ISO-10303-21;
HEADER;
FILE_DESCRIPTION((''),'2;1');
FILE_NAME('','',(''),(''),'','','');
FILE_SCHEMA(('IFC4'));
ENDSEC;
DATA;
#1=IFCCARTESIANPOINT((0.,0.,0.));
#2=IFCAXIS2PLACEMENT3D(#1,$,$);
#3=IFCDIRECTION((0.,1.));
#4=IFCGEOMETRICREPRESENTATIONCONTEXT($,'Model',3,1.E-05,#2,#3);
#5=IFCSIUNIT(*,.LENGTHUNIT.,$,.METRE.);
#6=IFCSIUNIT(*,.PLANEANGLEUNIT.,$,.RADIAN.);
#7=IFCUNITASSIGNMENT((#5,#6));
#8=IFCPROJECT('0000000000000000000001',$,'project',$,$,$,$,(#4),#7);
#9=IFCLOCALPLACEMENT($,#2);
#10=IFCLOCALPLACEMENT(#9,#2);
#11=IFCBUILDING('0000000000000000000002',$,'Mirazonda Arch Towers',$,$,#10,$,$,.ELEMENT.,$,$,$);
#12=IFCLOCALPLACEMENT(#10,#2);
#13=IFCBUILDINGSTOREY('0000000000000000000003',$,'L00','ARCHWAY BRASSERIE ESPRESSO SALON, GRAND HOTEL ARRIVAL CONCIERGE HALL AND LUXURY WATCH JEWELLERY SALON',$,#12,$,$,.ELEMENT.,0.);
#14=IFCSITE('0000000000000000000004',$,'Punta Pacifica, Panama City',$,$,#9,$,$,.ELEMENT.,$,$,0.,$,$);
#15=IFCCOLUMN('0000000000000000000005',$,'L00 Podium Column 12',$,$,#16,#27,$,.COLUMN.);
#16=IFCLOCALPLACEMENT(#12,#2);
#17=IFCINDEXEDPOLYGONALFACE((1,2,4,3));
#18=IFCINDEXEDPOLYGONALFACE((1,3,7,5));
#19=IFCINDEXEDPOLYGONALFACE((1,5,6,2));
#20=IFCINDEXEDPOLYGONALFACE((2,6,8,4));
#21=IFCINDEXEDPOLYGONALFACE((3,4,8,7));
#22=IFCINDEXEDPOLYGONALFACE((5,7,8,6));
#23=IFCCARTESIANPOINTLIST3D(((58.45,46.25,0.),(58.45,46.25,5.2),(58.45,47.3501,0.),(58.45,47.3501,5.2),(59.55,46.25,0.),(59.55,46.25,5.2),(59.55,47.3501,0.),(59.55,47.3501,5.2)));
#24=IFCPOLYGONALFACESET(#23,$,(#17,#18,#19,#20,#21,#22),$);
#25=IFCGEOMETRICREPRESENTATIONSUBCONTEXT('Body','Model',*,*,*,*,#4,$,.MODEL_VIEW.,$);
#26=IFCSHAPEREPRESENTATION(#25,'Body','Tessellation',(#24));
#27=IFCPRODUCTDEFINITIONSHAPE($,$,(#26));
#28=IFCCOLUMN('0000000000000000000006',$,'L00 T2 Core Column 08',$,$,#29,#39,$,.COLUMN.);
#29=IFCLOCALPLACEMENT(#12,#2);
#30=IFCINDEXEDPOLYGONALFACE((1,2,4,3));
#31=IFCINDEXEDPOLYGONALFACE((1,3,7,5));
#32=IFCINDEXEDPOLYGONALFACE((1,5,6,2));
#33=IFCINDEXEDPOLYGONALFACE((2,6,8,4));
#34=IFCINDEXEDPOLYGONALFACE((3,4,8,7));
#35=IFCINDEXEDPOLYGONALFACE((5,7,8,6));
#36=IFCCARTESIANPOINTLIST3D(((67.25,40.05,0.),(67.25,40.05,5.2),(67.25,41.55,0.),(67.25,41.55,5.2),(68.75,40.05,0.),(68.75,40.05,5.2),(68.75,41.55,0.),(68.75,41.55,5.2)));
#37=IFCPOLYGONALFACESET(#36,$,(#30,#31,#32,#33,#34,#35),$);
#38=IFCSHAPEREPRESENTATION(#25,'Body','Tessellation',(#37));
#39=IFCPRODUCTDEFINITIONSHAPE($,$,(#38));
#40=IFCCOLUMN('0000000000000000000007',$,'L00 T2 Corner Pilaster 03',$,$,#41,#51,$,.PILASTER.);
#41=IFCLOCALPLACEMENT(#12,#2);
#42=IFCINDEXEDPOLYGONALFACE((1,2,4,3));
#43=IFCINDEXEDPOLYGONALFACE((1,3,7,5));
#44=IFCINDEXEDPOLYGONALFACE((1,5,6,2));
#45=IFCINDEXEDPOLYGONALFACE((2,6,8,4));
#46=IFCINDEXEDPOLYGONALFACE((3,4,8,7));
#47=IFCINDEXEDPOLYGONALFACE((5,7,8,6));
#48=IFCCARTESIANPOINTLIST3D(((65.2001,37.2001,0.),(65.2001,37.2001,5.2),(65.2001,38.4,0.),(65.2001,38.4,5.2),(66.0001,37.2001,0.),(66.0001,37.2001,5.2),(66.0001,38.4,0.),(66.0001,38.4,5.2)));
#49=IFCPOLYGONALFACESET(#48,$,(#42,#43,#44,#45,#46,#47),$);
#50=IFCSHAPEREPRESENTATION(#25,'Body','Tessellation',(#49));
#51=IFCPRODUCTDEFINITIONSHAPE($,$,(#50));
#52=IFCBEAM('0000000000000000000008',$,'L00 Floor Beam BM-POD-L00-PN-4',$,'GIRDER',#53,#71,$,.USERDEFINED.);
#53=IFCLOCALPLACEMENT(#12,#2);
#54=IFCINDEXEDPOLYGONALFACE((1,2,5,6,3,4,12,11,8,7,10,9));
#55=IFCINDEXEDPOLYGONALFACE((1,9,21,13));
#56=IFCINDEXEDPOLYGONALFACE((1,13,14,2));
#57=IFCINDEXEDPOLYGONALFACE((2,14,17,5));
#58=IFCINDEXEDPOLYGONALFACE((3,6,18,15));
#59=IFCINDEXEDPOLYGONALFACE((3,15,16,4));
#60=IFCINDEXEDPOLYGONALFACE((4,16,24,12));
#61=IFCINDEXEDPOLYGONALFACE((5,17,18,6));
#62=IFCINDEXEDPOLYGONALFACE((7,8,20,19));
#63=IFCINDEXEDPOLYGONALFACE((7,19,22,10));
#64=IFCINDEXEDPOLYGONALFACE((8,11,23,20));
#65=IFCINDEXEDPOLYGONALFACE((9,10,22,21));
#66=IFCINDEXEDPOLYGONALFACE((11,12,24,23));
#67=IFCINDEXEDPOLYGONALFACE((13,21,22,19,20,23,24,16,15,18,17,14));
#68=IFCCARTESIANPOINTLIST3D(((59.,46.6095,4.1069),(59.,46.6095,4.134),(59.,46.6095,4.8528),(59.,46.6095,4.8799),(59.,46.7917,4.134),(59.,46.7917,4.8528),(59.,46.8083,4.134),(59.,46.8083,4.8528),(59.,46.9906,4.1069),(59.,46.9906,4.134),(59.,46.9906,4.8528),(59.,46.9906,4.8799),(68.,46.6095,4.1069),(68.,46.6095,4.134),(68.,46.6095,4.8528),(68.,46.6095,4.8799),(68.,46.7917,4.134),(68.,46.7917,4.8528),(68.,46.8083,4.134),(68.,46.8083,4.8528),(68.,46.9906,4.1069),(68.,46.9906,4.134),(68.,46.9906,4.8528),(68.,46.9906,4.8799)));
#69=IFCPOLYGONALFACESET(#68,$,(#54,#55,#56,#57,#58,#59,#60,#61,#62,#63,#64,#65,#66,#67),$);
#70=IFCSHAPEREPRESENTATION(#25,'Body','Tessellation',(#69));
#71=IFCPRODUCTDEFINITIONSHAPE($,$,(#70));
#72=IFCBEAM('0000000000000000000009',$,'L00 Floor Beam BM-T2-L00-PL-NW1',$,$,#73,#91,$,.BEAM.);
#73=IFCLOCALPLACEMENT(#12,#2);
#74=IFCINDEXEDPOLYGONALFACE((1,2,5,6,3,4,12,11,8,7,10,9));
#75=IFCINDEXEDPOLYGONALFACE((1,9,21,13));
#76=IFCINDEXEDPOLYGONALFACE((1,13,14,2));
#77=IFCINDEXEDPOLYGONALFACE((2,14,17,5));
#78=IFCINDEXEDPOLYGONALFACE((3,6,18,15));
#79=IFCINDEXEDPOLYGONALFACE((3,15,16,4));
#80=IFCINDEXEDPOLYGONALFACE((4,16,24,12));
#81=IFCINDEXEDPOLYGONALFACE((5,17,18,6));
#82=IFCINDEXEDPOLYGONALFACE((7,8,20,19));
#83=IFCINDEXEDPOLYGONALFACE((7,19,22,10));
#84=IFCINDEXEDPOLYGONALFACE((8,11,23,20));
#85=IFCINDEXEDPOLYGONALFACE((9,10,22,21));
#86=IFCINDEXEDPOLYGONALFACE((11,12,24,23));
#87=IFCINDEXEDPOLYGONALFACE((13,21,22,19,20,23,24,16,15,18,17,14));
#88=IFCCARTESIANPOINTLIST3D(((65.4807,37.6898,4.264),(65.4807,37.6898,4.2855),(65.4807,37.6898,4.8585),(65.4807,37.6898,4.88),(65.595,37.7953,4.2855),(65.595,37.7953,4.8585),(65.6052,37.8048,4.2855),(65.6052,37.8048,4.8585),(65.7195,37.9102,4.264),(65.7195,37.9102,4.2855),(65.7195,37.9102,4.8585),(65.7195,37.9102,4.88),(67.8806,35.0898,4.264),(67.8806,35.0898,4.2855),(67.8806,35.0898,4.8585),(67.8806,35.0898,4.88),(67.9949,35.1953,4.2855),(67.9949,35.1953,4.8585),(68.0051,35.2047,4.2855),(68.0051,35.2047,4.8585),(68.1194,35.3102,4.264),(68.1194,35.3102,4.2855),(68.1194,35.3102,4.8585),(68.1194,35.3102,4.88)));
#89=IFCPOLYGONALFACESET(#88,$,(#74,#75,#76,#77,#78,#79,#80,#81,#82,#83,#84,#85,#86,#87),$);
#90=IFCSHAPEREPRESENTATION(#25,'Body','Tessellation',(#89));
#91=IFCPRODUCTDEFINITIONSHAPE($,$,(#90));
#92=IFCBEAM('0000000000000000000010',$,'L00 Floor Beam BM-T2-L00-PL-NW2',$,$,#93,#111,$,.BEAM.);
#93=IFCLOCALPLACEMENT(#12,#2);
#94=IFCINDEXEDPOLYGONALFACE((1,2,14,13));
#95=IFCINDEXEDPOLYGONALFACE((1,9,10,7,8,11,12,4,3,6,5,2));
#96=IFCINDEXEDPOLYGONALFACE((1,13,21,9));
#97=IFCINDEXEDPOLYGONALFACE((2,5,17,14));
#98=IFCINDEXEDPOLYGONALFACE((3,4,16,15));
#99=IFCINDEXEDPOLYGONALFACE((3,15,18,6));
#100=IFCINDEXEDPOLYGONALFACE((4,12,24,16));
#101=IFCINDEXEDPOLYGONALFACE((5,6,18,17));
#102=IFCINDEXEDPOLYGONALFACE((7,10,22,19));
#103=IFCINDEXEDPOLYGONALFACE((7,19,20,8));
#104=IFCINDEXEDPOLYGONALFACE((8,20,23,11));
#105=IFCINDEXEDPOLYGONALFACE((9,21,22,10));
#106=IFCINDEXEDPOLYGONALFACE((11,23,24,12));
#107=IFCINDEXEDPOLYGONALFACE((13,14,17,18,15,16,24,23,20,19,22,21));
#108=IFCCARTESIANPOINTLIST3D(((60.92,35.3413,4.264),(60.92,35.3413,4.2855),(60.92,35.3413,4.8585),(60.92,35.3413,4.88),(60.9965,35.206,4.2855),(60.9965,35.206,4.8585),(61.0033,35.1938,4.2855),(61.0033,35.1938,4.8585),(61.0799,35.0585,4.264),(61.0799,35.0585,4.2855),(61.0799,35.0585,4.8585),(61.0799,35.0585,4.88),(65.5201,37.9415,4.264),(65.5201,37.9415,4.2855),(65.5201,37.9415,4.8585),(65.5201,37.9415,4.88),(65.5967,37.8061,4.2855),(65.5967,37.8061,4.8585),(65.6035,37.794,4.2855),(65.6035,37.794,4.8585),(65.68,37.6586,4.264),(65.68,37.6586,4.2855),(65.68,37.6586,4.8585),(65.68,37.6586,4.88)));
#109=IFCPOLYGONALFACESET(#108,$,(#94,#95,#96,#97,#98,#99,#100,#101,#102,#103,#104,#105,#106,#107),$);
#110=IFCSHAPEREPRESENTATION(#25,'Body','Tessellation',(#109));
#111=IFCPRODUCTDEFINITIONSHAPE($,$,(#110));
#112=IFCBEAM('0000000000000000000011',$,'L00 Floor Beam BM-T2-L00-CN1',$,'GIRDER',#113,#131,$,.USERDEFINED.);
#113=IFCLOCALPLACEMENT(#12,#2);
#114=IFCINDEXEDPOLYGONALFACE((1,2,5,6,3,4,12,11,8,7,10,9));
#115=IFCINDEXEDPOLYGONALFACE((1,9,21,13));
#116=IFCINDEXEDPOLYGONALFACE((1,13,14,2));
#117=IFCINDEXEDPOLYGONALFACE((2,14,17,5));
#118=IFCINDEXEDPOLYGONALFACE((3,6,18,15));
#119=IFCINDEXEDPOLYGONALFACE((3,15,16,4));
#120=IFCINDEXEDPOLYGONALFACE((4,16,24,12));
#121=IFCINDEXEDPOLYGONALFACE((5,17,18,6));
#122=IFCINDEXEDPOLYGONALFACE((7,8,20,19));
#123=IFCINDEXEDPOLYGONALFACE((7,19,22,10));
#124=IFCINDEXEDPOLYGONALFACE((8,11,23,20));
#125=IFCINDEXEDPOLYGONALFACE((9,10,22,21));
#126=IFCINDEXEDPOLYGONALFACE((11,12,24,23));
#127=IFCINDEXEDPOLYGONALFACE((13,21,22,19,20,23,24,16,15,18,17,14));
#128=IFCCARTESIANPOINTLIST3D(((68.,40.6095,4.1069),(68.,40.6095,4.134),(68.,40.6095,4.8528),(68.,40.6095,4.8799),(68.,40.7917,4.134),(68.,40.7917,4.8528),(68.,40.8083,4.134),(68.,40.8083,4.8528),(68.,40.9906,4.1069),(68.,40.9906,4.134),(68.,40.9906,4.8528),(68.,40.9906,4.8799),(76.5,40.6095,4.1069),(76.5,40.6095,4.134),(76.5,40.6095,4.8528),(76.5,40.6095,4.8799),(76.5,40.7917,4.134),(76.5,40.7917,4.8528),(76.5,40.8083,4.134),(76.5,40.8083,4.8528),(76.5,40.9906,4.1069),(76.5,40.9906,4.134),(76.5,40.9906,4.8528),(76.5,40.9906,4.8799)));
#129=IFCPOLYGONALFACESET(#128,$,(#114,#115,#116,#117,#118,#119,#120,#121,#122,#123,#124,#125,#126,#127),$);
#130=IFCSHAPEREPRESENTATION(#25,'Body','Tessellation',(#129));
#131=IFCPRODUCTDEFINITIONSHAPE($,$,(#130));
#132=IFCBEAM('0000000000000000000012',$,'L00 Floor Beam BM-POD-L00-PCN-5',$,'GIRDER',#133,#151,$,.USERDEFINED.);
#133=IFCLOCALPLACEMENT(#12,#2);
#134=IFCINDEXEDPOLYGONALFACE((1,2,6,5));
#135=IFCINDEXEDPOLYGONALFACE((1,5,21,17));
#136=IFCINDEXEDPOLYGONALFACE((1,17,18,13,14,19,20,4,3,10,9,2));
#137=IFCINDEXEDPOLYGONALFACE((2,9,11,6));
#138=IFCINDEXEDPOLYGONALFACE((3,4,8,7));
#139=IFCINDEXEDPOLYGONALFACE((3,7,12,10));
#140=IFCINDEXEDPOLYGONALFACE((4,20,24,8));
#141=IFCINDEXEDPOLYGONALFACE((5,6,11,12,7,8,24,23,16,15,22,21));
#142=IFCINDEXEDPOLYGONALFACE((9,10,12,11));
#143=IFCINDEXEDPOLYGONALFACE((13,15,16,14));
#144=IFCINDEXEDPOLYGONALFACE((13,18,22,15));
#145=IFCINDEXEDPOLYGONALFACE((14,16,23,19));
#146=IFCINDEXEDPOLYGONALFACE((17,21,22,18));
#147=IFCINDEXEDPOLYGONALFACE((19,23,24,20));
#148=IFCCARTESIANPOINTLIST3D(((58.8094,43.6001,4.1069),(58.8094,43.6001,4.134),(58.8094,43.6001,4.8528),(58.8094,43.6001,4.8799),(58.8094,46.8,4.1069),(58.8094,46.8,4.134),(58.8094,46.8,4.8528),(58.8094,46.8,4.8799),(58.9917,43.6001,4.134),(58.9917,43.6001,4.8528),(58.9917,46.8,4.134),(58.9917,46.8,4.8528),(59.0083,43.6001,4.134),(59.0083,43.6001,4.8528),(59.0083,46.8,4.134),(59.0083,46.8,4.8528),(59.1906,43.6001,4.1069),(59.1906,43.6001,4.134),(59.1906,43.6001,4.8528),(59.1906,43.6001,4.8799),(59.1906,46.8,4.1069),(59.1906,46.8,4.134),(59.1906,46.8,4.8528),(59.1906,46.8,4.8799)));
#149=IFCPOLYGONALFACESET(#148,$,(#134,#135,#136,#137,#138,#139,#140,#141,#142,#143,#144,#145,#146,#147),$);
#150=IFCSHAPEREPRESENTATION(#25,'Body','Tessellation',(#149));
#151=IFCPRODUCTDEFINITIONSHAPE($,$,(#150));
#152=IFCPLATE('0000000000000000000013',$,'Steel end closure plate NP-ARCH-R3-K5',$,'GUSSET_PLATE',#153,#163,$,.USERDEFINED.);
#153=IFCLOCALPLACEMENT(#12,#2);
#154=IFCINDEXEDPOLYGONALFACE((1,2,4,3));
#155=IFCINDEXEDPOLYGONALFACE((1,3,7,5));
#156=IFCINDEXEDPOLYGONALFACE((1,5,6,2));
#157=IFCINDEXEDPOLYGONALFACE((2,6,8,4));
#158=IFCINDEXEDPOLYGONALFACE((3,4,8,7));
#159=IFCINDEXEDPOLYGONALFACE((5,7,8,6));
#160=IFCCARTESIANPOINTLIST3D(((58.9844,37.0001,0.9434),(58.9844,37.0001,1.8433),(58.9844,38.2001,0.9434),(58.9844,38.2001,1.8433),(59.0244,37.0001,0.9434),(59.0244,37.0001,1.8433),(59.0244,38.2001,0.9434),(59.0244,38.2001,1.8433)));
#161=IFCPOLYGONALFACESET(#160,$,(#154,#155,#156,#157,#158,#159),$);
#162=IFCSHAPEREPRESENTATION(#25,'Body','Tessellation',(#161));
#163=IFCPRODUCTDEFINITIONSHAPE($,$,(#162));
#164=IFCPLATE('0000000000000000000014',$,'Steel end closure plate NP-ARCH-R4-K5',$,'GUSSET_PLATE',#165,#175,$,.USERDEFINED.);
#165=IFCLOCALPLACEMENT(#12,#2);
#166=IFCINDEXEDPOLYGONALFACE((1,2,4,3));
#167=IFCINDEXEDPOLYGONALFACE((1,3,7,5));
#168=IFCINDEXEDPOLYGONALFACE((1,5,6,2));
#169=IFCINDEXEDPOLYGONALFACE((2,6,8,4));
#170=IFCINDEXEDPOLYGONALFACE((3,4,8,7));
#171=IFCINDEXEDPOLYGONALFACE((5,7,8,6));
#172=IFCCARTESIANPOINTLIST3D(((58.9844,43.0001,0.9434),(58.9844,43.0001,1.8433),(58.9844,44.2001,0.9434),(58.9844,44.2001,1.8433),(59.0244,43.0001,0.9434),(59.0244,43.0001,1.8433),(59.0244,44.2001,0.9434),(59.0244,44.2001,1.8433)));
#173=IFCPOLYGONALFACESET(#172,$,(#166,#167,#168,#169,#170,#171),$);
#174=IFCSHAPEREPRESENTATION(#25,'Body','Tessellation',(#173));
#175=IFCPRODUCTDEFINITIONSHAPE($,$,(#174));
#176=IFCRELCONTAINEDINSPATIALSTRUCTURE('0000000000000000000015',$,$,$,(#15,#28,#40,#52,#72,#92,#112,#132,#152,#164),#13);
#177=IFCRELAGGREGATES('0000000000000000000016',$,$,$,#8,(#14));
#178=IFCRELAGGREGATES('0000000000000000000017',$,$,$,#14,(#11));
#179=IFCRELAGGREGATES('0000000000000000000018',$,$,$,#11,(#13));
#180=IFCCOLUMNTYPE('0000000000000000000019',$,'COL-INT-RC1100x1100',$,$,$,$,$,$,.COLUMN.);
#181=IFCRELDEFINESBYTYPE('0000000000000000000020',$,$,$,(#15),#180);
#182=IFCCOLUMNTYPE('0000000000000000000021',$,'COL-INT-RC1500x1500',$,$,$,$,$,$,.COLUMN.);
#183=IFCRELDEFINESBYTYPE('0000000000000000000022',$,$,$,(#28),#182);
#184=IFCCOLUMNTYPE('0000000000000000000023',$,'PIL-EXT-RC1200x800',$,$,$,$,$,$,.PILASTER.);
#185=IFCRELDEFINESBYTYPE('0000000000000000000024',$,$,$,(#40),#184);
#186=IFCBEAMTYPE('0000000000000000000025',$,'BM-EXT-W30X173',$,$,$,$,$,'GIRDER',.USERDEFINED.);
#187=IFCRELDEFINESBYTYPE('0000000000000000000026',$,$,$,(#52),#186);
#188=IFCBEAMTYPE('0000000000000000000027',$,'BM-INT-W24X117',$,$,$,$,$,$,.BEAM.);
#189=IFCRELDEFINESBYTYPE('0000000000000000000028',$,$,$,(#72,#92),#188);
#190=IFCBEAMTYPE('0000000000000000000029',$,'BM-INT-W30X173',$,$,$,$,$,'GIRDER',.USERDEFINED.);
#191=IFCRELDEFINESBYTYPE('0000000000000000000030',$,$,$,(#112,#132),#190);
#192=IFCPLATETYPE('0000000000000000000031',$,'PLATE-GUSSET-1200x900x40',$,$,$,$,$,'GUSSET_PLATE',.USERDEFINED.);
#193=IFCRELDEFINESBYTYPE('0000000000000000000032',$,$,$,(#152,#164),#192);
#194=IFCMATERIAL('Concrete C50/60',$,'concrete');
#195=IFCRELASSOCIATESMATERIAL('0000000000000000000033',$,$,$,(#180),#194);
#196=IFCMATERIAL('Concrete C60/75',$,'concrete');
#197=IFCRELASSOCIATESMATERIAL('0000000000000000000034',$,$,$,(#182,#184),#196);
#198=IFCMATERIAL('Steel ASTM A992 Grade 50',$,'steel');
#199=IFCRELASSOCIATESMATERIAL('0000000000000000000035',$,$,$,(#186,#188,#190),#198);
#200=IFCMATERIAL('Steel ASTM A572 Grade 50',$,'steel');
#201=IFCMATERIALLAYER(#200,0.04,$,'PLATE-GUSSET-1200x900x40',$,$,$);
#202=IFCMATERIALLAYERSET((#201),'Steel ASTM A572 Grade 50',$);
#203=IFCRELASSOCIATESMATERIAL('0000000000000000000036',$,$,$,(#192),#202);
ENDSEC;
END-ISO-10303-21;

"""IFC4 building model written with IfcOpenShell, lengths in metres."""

from ifc_helpers import new_model, si_unit, direction, frame, origin, origin_2d, place, context, subcontext, project, spatial, rectangle, i_section, extrude, material, layer, layer_set, material_profile, profile_set, type_object, element, save


model = new_model("IFC4")

# Units and contexts
model_context = context("Model", 3, precision=1e-05, world=origin(), true_north=direction((0.0, 1.0)))
body_context = subcontext(model_context, "Body", "Model", "MODEL_VIEW")
ifc_project = project(units=[si_unit("LENGTHUNIT", "METRE"), si_unit("PLANEANGLEUNIT", "RADIAN")], contexts=[model_context])

# Site, building, storey
site_placement = place(None, origin())
site = spatial("IfcSite", under=ifc_project, at=site_placement, Name="Punta Pacifica, Panama City", CompositionType="ELEMENT", RefElevation=0.0)
building_placement = place(site_placement, origin())
building = spatial("IfcBuilding", under=site, at=building_placement, Name="Mirazonda Arch Towers", CompositionType="ELEMENT")
storey_placement = place(building_placement, origin())
storey = spatial("IfcBuildingStorey", under=building, at=storey_placement, Name="L00", Description="ARCHWAY BRASSERIE ESPRESSO SALON, GRAND HOTEL ARRIVAL CONCIERGE HALL AND LUXURY WATCH JEWELLERY SALON", CompositionType="ELEMENT", Elevation=0.0)

# Columns
ifc_material_1 = material(Name="Concrete C50/60", Category="concrete")
ifc_material_profile_1 = material_profile(ifc_material_1, rectangle(XDim=1.1001, YDim=1.1001, at=origin_2d()), Name="RC1100x1100")
ifc_profile_set_1 = profile_set([ifc_material_profile_1], Name="Concrete C50/60")
column_type_1 = type_object("IfcColumnType", Name="COL-INT-RC1100x1100", PredefinedType="COLUMN", material=ifc_profile_set_1)
column_1_placement = place(storey_placement, frame((59.0, 46.8, 0.0), z_axis=(0.0, 0.0, 1.0), x_axis=(1.0, 0.0, 0.0)))
element("IfcColumn", 1, at=column_1_placement, inside=storey, type_object=column_type_1, Name="L00 Podium Column 12", PredefinedType="COLUMN", context=body_context, shape_type="SweptSolid", body=[
    extrude(rectangle(XDim=1.1001, YDim=1.1001, at=origin_2d()), origin(), (0.0, 0.0, 1.0), 5.2),
])
ifc_material_2 = material(Name="Concrete C60/75", Category="concrete")
ifc_material_profile_2 = material_profile(ifc_material_2, rectangle(XDim=1.5, YDim=1.5, at=origin_2d()), Name="RC1500x1500")
ifc_profile_set_2 = profile_set([ifc_material_profile_2], Name="Concrete C60/75")
column_type_2 = type_object("IfcColumnType", Name="COL-INT-RC1500x1500", PredefinedType="COLUMN", material=ifc_profile_set_2)
column_2_placement = place(storey_placement, frame((68.0, 40.8, 0.0), z_axis=(0.0, 0.0, 1.0), x_axis=(1.0, 0.0, 0.0)))
element("IfcColumn", 2, at=column_2_placement, inside=storey, type_object=column_type_2, Name="L00 T2 Core Column 08", PredefinedType="COLUMN", context=body_context, shape_type="SweptSolid", body=[
    extrude(rectangle(XDim=1.5, YDim=1.5, at=origin_2d()), origin(), (0.0, 0.0, 1.0), 5.2),
])
ifc_material_profile_3 = material_profile(ifc_material_2, rectangle(XDim=0.8, YDim=1.2, at=origin_2d()), Name="RC1200x800")
ifc_profile_set_3 = profile_set([ifc_material_profile_3], Name="Concrete C60/75")
column_type_3 = type_object("IfcColumnType", Name="PIL-EXT-RC1200x800", PredefinedType="PILASTER", material=ifc_profile_set_3)
column_3_placement = place(storey_placement, frame((65.6001, 37.8, 0.0), z_axis=(0.0, 0.0, 1.0), x_axis=(1.0, 0.0, 0.0)))
element("IfcColumn", 3, at=column_3_placement, inside=storey, type_object=column_type_3, Name="L00 T2 Corner Pilaster 03", PredefinedType="PILASTER", context=body_context, shape_type="SweptSolid", body=[
    extrude(rectangle(XDim=0.8, YDim=1.2, at=origin_2d()), origin(), (0.0, 0.0, 1.0), 5.2),
])

# Beams
ifc_material_3 = material(Name="Steel ASTM A992 Grade 50", Category="steel")
ifc_material_profile_4 = material_profile(ifc_material_3, i_section(OverallWidth=0.3811, OverallDepth=0.7729, WebThickness=0.0166, FlangeThickness=0.0271, at=origin_2d()), Name="W30X173")
ifc_profile_set_4 = profile_set([ifc_material_profile_4], Name="Steel ASTM A992 Grade 50")
beam_type_1 = type_object("IfcBeamType", Name="BM-EXT-W30X173", ElementType="GIRDER", PredefinedType="USERDEFINED", material=ifc_profile_set_4)
beam_1_placement = place(storey_placement, frame((59.0, 46.8, 4.4934), z_axis=(1.0, 0.0, 0.0), x_axis=(0.0, 1.0, 0.0)))
element("IfcBeam", 4, at=beam_1_placement, inside=storey, type_object=beam_type_1, Name="L00 Floor Beam BM-POD-L00-PN-4", ObjectType="GIRDER", PredefinedType="USERDEFINED", context=body_context, shape_type="SweptSolid", body=[
    extrude(i_section(OverallWidth=0.3811, OverallDepth=0.7729, WebThickness=0.0166, FlangeThickness=0.0271, at=origin_2d()), origin(), (0.0, 0.0, 1.0), 9.0),
])
ifc_material_profile_5 = material_profile(ifc_material_3, i_section(OverallWidth=0.325, OverallDepth=0.616, WebThickness=0.0139, FlangeThickness=0.0215, at=origin_2d()), Name="W24X117")
ifc_profile_set_5 = profile_set([ifc_material_profile_5], Name="Steel ASTM A992 Grade 50")
beam_type_2 = type_object("IfcBeamType", Name="BM-INT-W24X117", PredefinedType="BEAM", material=ifc_profile_set_5)
beam_2_placement = place(storey_placement, frame((65.6001, 37.8, 4.572), z_axis=(0.678251, -0.73483, 0.0), x_axis=(0.73483, 0.678251, 0.0)))
element("IfcBeam", 5, at=beam_2_placement, inside=storey, type_object=beam_type_2, Name="L00 Floor Beam BM-T2-L00-PL-NW1", PredefinedType="BEAM", context=body_context, shape_type="SweptSolid", body=[
    extrude(i_section(OverallWidth=0.325, OverallDepth=0.616, WebThickness=0.0139, FlangeThickness=0.0215, at=origin_2d()), origin(), (0.0, 0.0, 1.0), 3.5383),
])
beam_3_placement = place(storey_placement, frame((65.6001, 37.8, 4.572), z_axis=(-0.870559, -0.492063, 0.0), x_axis=(0.492063, -0.870559, 0.0)))
element("IfcBeam", 6, at=beam_3_placement, inside=storey, type_object=beam_type_2, Name="L00 Floor Beam BM-T2-L00-PL-NW2", PredefinedType="BEAM", context=body_context, shape_type="SweptSolid", body=[
    extrude(i_section(OverallWidth=0.325, OverallDepth=0.616, WebThickness=0.0139, FlangeThickness=0.0215, at=origin_2d()), origin(), (0.0, 0.0, 1.0), 5.2842),
])
ifc_material_profile_6 = material_profile(ifc_material_3, i_section(OverallWidth=0.3811, OverallDepth=0.7729, WebThickness=0.0166, FlangeThickness=0.0271, at=origin_2d()), Name="W30X173")
ifc_profile_set_6 = profile_set([ifc_material_profile_6], Name="Steel ASTM A992 Grade 50")
beam_type_3 = type_object("IfcBeamType", Name="BM-INT-W30X173", ElementType="GIRDER", PredefinedType="USERDEFINED", material=ifc_profile_set_6)
beam_4_placement = place(storey_placement, frame((68.0, 40.8, 4.4934), z_axis=(1.0, 0.0, 0.0), x_axis=(0.0, 1.0, 0.0)))
element("IfcBeam", 7, at=beam_4_placement, inside=storey, type_object=beam_type_3, Name="L00 Floor Beam BM-T2-L00-CN1", ObjectType="GIRDER", PredefinedType="USERDEFINED", context=body_context, shape_type="SweptSolid", body=[
    extrude(i_section(OverallWidth=0.3811, OverallDepth=0.7729, WebThickness=0.0166, FlangeThickness=0.0271, at=origin_2d()), origin(), (0.0, 0.0, 1.0), 8.5),
])
beam_5_placement = place(storey_placement, frame((59.0, 43.6001, 4.4934), z_axis=(0.0, 1.0, 0.0), x_axis=(-1.0, 0.0, 0.0)))
element("IfcBeam", 8, at=beam_5_placement, inside=storey, type_object=beam_type_3, Name="L00 Floor Beam BM-POD-L00-PCN-5", ObjectType="GIRDER", PredefinedType="USERDEFINED", context=body_context, shape_type="SweptSolid", body=[
    extrude(i_section(OverallWidth=0.3811, OverallDepth=0.7729, WebThickness=0.0166, FlangeThickness=0.0271, at=origin_2d()), origin(), (0.0, 0.0, 1.0), 3.2),
])

# Plates
ifc_material_4 = material(Name="Steel ASTM A572 Grade 50", Category="steel")
ifc_layer_1 = layer(ifc_material_4, 0.04, Name="PLATE-GUSSET-1200x900x40")
ifc_layer_set_1 = layer_set([ifc_layer_1], Name="Steel ASTM A572 Grade 50")
plate_type = type_object("IfcPlateType", Name="PLATE-GUSSET-1200x900x40", ElementType="GUSSET_PLATE", PredefinedType="USERDEFINED", material=ifc_layer_set_1)
for number, where, z_axis, x_axis, name in (
    (9, (59.0044, 37.6001, 0.9434), (0.0, 0.0, 1.0), (1.0, 0.0, 0.0), "Steel end closure plate NP-ARCH-R3-K5"),
    (10, (59.0044, 43.6001, 0.9434), (0.0, 0.0, 1.0), (1.0, 0.0, 0.0), "Steel end closure plate NP-ARCH-R4-K5"),
):
    element("IfcPlate", number, at=place(storey_placement, frame(where, z_axis=z_axis, x_axis=x_axis)), inside=storey, type_object=plate_type, Name=name, ObjectType="GUSSET_PLATE", PredefinedType="USERDEFINED", context=body_context, shape_type="SweptSolid", body=[
        extrude(rectangle(XDim=0.04, YDim=1.2, at=origin_2d()), origin(), (0.0, 0.0, 1.0), 0.8999),
    ])

save(model, "model.ifc")
